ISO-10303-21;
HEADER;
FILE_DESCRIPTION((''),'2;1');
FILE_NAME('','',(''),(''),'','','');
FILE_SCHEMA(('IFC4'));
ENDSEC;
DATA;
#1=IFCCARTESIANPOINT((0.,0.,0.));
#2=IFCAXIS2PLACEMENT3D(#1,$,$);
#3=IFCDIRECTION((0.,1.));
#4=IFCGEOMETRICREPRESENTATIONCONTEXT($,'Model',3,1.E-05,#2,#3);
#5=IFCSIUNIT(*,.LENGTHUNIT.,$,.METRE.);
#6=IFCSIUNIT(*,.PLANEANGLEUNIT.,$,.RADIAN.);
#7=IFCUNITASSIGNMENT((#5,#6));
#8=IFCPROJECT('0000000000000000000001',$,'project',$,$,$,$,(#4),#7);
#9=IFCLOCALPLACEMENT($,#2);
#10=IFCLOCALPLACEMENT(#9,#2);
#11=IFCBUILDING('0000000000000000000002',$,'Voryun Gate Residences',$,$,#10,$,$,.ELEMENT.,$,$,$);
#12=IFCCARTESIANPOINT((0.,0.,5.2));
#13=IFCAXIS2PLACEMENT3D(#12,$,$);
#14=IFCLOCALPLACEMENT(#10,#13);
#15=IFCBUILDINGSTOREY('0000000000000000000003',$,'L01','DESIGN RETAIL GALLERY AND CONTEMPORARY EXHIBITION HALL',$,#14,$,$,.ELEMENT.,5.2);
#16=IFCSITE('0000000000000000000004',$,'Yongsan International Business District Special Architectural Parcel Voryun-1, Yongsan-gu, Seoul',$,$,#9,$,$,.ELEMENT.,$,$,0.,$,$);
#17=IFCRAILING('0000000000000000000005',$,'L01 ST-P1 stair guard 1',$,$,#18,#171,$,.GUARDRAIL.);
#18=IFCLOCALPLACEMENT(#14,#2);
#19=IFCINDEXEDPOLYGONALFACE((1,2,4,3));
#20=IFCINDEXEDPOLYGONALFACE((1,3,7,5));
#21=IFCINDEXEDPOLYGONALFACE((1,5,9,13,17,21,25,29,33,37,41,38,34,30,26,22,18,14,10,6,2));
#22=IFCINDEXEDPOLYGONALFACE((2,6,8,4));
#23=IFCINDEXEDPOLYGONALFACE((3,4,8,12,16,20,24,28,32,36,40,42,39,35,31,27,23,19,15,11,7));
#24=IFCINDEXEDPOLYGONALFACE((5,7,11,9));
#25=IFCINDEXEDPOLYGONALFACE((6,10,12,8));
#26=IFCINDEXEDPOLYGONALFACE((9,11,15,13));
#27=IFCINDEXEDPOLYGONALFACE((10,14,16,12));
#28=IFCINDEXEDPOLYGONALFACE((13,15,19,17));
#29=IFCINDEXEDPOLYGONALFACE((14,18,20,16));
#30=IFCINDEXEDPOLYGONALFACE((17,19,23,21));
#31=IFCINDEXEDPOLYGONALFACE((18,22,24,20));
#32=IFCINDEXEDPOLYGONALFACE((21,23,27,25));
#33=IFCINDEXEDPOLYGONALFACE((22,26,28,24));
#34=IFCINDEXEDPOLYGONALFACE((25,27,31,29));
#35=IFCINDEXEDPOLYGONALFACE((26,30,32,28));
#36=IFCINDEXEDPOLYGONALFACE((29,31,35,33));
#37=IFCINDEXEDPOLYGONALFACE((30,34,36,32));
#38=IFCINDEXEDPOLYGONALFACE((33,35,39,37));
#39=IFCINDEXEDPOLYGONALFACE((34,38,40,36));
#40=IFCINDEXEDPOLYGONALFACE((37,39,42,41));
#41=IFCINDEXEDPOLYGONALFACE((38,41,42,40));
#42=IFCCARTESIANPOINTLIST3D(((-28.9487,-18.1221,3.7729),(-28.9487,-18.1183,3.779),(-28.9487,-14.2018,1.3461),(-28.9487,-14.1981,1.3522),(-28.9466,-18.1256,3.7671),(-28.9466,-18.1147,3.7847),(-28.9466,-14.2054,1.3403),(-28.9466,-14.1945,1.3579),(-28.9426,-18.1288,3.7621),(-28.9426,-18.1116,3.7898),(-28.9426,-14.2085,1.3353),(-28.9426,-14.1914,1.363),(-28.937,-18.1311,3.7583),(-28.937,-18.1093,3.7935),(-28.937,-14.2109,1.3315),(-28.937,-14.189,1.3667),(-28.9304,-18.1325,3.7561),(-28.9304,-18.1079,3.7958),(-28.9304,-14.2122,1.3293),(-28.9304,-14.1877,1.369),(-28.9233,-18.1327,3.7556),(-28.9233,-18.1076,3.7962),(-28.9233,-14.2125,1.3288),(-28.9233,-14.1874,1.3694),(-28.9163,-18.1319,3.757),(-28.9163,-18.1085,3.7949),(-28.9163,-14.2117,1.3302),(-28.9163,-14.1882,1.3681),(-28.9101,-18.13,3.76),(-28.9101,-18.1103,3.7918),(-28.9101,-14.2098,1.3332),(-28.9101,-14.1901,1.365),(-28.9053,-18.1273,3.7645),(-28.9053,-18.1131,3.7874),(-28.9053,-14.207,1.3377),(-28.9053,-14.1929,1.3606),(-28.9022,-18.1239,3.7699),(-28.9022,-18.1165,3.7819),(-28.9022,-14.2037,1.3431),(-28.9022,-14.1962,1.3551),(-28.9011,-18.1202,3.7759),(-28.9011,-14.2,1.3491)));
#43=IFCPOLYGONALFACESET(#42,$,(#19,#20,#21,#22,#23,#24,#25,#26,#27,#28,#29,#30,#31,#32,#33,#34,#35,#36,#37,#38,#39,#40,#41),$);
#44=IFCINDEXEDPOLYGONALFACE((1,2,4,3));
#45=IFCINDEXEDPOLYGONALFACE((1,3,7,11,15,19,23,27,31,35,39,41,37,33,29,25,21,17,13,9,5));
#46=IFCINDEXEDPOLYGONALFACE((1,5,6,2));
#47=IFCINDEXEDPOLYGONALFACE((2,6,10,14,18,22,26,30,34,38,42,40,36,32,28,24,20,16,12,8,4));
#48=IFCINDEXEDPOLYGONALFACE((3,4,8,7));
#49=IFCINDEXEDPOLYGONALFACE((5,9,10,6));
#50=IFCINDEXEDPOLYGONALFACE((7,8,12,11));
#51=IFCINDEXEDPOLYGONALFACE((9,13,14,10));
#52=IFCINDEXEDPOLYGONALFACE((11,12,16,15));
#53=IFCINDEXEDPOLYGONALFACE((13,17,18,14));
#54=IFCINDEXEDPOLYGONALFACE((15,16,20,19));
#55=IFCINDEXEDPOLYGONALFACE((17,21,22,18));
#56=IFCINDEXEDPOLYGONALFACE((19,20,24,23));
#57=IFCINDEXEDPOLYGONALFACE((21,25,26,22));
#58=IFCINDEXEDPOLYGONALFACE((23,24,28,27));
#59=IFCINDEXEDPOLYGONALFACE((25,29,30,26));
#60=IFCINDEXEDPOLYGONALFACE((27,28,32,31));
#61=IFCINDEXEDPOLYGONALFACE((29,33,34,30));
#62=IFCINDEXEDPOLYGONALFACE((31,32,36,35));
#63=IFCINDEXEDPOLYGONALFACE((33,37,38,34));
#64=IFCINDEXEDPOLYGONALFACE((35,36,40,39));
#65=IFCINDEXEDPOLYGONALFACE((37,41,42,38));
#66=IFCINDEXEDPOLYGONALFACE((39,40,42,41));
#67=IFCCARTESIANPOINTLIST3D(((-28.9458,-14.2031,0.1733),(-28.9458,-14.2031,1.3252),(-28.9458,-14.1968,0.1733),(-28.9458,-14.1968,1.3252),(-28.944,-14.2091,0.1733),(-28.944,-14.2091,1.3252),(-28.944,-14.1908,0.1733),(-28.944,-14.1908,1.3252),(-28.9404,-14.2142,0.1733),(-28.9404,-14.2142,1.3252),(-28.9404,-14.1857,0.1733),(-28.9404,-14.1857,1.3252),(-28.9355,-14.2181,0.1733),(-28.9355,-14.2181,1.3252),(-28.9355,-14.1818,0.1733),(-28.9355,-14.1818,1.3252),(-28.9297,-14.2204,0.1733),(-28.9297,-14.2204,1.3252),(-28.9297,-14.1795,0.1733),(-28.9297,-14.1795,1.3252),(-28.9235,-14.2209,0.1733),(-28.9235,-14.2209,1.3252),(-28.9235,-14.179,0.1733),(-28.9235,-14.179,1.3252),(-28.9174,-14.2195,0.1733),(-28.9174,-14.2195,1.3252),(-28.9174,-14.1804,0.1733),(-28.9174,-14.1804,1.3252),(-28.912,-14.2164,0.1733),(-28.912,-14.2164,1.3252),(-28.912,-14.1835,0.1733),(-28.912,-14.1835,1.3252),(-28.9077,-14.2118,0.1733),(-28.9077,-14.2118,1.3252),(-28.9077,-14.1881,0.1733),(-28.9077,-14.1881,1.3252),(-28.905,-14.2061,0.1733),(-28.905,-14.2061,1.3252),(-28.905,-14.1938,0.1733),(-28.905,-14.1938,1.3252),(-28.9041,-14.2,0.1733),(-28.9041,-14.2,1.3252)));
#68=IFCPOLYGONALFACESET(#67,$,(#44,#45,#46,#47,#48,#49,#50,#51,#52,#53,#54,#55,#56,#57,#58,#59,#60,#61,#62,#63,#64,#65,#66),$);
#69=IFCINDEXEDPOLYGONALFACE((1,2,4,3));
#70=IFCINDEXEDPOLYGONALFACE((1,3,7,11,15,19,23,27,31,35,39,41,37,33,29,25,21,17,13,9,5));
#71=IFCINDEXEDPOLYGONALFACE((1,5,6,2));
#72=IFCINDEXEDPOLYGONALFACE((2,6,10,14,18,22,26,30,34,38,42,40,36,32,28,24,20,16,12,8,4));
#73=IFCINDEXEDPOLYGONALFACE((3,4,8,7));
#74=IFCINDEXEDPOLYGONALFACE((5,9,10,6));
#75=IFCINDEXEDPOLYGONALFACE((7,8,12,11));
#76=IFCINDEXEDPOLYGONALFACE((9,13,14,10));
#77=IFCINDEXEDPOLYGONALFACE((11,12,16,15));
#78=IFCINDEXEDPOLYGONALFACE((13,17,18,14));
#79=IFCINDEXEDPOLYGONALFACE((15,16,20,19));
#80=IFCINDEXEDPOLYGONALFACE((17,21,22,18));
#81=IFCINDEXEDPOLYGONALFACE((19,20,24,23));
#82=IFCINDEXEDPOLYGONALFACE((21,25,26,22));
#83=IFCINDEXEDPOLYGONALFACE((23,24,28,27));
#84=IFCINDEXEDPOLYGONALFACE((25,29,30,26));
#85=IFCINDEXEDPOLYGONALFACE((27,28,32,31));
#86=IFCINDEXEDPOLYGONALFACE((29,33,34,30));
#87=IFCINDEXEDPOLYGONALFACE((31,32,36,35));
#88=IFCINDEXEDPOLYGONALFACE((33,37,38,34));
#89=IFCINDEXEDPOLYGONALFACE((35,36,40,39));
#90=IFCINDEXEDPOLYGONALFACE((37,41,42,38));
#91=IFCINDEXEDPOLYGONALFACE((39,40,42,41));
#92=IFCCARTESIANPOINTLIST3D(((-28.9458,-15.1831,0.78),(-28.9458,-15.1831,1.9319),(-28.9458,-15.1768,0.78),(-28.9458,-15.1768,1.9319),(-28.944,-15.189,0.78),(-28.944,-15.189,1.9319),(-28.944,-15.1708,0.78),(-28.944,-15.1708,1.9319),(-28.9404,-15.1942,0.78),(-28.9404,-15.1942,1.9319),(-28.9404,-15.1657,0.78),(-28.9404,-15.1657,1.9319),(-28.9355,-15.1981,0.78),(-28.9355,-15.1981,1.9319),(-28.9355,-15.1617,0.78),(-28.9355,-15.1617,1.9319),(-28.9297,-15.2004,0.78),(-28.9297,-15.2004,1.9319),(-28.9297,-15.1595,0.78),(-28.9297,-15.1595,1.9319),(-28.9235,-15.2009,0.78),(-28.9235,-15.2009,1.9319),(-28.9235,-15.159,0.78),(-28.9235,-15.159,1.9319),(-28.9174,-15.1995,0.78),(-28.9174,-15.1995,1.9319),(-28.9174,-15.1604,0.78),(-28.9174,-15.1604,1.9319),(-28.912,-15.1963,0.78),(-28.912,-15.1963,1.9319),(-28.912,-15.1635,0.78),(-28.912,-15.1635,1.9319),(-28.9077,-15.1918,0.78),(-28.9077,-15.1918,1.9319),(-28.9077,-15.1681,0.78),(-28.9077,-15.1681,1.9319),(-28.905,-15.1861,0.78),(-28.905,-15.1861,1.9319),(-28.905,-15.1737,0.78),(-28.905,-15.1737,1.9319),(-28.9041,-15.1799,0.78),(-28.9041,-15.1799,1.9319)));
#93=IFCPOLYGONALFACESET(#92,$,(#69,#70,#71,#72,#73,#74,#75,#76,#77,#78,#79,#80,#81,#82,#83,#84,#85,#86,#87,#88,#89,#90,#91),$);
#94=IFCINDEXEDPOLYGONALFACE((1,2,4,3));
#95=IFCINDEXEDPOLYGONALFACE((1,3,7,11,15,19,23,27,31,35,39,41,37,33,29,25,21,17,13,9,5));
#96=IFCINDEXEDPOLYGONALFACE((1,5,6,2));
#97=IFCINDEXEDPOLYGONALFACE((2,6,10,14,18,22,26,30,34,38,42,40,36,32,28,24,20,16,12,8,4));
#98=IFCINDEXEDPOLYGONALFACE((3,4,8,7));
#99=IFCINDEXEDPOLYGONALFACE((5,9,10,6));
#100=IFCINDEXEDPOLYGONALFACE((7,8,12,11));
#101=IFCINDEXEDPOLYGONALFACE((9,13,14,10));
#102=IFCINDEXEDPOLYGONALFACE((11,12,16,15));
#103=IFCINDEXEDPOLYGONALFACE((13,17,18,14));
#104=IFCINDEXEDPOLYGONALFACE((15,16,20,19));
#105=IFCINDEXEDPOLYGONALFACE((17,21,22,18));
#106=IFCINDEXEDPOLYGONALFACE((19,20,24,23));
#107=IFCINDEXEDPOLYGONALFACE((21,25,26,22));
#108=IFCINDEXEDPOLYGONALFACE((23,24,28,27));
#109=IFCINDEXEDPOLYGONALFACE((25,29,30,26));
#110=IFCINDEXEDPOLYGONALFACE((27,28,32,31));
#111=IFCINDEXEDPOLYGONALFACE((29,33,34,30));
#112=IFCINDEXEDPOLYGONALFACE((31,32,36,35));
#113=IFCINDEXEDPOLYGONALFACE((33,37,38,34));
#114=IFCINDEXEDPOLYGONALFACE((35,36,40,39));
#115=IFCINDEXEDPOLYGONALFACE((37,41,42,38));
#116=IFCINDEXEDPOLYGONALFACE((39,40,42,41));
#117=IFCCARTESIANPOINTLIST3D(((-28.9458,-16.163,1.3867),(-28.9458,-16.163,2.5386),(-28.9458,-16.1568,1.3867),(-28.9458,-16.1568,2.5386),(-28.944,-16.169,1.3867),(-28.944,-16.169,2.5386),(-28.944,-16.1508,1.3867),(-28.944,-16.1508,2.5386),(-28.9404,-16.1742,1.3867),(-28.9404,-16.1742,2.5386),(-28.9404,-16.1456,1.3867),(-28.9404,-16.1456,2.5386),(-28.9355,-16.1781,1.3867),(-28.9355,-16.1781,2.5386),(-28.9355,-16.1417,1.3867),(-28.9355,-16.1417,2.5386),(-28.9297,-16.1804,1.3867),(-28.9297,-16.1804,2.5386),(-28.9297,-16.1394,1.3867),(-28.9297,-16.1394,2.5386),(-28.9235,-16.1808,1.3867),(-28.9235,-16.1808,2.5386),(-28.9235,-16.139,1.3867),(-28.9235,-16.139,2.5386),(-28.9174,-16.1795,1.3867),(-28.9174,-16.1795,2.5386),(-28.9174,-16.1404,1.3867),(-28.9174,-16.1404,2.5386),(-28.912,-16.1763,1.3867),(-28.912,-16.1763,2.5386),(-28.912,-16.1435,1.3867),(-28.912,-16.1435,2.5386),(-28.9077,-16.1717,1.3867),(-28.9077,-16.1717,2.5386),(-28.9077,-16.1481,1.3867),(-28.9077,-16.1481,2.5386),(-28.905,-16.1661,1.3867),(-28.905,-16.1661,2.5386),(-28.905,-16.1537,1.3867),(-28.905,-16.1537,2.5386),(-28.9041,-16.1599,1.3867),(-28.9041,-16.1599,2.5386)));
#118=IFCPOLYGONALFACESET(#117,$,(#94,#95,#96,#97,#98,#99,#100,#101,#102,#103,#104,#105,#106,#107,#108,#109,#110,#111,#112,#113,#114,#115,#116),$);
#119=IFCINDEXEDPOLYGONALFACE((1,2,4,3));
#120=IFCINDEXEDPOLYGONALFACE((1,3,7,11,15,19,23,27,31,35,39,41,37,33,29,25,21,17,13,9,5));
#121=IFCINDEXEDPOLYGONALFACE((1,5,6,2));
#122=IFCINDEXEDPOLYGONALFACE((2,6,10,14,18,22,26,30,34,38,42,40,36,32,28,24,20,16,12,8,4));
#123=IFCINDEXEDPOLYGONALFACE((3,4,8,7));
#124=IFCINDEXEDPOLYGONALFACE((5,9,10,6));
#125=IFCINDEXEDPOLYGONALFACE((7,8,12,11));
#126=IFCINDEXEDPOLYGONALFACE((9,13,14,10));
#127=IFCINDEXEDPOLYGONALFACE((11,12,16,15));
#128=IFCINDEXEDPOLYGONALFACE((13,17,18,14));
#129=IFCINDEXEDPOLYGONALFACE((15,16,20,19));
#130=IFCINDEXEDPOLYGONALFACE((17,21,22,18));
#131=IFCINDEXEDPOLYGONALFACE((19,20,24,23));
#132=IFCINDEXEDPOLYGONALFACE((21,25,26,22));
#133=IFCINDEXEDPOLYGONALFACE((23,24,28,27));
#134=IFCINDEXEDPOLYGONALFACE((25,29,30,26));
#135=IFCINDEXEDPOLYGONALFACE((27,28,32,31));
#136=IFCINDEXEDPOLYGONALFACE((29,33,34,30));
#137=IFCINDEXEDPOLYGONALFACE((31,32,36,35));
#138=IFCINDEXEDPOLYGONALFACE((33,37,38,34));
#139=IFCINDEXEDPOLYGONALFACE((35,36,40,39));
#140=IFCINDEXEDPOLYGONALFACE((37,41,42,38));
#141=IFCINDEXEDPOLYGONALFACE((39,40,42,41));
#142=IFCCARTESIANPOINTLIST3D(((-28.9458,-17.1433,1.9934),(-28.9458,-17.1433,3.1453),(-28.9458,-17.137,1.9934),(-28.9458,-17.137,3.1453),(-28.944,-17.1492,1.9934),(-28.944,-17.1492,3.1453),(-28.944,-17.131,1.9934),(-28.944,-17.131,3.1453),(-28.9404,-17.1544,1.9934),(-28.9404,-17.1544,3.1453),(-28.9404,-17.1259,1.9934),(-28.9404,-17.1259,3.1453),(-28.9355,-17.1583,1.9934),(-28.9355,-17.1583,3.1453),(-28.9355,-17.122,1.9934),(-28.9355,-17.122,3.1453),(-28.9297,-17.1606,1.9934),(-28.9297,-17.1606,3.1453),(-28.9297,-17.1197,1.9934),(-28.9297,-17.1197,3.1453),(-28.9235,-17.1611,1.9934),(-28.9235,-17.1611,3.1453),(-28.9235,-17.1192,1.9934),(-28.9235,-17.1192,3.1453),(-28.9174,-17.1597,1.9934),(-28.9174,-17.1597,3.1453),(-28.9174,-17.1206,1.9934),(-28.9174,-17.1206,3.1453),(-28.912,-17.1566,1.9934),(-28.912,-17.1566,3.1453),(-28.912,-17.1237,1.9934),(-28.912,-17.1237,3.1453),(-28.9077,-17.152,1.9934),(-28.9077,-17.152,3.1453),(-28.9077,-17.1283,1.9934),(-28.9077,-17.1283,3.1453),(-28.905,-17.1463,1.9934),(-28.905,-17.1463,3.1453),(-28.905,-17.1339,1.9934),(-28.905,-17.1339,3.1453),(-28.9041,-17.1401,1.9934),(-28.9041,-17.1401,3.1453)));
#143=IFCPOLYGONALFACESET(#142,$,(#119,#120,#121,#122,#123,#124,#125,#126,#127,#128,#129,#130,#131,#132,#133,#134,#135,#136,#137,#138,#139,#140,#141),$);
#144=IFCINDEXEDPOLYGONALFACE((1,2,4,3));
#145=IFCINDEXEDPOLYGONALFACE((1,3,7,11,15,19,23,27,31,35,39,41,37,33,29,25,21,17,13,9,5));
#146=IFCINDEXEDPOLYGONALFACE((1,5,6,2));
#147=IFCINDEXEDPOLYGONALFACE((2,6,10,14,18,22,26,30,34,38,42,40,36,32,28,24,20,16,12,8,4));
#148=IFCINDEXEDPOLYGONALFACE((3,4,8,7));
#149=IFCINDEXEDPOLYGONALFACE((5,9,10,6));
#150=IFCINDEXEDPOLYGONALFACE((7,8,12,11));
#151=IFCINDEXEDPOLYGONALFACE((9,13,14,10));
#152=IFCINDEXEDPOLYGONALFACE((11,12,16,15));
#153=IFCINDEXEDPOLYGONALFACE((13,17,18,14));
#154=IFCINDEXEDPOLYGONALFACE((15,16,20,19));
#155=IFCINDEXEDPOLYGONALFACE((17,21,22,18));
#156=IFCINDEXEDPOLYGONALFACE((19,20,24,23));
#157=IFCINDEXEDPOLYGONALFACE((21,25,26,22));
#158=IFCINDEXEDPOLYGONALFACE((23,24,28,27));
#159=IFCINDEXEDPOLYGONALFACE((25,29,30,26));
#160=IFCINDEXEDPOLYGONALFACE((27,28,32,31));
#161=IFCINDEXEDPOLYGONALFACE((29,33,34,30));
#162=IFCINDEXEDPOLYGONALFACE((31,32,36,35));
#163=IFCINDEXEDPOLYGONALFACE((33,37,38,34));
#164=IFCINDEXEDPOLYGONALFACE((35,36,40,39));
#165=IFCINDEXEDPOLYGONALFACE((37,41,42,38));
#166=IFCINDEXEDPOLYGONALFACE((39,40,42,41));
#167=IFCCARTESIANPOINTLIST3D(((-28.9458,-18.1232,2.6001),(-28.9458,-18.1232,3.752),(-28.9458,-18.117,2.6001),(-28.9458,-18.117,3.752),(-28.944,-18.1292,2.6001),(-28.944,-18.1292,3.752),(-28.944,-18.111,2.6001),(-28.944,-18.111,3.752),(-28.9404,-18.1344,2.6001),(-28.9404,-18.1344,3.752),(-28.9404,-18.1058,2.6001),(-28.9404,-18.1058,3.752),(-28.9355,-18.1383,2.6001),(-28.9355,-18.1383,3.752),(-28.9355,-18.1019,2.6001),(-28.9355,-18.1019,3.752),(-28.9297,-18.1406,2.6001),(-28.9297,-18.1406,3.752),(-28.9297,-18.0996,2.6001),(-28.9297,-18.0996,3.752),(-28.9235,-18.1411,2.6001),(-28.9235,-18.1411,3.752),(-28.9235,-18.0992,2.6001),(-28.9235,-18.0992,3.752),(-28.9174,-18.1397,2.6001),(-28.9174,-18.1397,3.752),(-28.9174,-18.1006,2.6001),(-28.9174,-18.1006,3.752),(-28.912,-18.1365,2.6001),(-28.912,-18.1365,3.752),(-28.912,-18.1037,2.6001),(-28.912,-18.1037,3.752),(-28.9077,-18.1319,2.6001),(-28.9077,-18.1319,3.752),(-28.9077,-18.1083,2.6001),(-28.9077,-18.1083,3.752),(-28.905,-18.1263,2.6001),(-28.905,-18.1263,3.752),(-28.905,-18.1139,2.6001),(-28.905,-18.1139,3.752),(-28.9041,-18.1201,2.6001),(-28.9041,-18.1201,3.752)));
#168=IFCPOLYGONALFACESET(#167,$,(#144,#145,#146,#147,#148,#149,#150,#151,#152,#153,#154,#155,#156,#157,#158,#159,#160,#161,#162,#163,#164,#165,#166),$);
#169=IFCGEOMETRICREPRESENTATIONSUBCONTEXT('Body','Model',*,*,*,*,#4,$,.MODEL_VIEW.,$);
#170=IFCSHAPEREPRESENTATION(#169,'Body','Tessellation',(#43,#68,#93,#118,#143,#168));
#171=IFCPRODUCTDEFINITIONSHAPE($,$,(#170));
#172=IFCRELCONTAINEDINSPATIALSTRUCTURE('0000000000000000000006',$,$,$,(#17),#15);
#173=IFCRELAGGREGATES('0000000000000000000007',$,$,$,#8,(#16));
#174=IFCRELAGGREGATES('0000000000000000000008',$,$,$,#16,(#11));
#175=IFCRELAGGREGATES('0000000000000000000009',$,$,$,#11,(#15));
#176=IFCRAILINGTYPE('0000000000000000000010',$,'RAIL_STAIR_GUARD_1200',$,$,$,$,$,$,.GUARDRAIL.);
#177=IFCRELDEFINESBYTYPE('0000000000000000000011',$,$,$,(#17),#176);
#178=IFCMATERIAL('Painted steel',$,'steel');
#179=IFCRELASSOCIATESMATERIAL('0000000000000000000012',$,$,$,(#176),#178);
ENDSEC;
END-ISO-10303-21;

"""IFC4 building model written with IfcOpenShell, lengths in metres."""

from ifc_helpers import new_model, si_unit, direction, frame, origin, origin_2d, place, context, subcontext, project, spatial, circle, extrude, material, type_object, element, save


model = new_model("IFC4")

# Units and contexts
model_context = context("Model", 3, precision=1e-05, world=origin(), true_north=direction((0.0, 1.0)))
body_context = subcontext(model_context, "Body", "Model", "MODEL_VIEW")
ifc_project = project(units=[si_unit("LENGTHUNIT", "METRE"), si_unit("PLANEANGLEUNIT", "RADIAN")], contexts=[model_context])

# Site, building, storey
site_placement = place(None, origin())
site = spatial("IfcSite", under=ifc_project, at=site_placement, Name="Yongsan International Business District Special Architectural Parcel Voryun-1, Yongsan-gu, Seoul", CompositionType="ELEMENT", RefElevation=0.0)
building_placement = place(site_placement, origin())
building = spatial("IfcBuilding", under=site, at=building_placement, Name="Voryun Gate Residences", CompositionType="ELEMENT")
storey_placement = place(building_placement, frame((0.0, 0.0, 5.2)))
storey = spatial("IfcBuildingStorey", under=building, at=storey_placement, Name="L01", Description="DESIGN RETAIL GALLERY AND CONTEMPORARY EXHIBITION HALL", CompositionType="ELEMENT", Elevation=5.2)

# Railing
ifc_material_1 = material(Name="Painted steel", Category="steel")
railing_type = type_object("IfcRailingType", Name="RAIL_STAIR_GUARD_1200", PredefinedType="GUARDRAIL", material=ifc_material_1)
railing_1_placement = place(storey_placement, frame((-28.925, -14.2, 0.1733)))
element("IfcRailing", 1, at=railing_1_placement, inside=storey, type_object=railing_type, Name="L01 ST-P1 stair guard 1", PredefinedType="GUARDRAIL", context=body_context, shape_type="SweptSolid", body=[
    extrude(circle(Radius=0.0239, at=origin_2d()), frame((0.0, 0.0, 1.1758), z_axis=(0.0, -0.850266, 0.526353), x_axis=(1.0, 0.0, 0.0)), (0.0, 0.0, 1.0), 4.6106),
    extrude(circle(Radius=0.021, at=origin_2d()), origin(), (0.0, 0.0, 1.0), 1.1519),
    extrude(circle(Radius=0.021, at=origin_2d()), frame((0.0, -0.98, 0.6067)), (0.0, 0.0, 1.0), 1.1519),
    extrude(circle(Radius=0.021, at=origin_2d()), frame((0.0, -1.96, 1.2134)), (0.0, 0.0, 1.0), 1.1519),
    extrude(circle(Radius=0.021, at=origin_2d()), frame((0.0, -2.9402, 1.8201)), (0.0, 0.0, 1.0), 1.1519),
    extrude(circle(Radius=0.021, at=origin_2d()), frame((0.0, -3.9202, 2.4268)), (0.0, 0.0, 1.0), 1.1519),
])

save(model, "model.ifc")
